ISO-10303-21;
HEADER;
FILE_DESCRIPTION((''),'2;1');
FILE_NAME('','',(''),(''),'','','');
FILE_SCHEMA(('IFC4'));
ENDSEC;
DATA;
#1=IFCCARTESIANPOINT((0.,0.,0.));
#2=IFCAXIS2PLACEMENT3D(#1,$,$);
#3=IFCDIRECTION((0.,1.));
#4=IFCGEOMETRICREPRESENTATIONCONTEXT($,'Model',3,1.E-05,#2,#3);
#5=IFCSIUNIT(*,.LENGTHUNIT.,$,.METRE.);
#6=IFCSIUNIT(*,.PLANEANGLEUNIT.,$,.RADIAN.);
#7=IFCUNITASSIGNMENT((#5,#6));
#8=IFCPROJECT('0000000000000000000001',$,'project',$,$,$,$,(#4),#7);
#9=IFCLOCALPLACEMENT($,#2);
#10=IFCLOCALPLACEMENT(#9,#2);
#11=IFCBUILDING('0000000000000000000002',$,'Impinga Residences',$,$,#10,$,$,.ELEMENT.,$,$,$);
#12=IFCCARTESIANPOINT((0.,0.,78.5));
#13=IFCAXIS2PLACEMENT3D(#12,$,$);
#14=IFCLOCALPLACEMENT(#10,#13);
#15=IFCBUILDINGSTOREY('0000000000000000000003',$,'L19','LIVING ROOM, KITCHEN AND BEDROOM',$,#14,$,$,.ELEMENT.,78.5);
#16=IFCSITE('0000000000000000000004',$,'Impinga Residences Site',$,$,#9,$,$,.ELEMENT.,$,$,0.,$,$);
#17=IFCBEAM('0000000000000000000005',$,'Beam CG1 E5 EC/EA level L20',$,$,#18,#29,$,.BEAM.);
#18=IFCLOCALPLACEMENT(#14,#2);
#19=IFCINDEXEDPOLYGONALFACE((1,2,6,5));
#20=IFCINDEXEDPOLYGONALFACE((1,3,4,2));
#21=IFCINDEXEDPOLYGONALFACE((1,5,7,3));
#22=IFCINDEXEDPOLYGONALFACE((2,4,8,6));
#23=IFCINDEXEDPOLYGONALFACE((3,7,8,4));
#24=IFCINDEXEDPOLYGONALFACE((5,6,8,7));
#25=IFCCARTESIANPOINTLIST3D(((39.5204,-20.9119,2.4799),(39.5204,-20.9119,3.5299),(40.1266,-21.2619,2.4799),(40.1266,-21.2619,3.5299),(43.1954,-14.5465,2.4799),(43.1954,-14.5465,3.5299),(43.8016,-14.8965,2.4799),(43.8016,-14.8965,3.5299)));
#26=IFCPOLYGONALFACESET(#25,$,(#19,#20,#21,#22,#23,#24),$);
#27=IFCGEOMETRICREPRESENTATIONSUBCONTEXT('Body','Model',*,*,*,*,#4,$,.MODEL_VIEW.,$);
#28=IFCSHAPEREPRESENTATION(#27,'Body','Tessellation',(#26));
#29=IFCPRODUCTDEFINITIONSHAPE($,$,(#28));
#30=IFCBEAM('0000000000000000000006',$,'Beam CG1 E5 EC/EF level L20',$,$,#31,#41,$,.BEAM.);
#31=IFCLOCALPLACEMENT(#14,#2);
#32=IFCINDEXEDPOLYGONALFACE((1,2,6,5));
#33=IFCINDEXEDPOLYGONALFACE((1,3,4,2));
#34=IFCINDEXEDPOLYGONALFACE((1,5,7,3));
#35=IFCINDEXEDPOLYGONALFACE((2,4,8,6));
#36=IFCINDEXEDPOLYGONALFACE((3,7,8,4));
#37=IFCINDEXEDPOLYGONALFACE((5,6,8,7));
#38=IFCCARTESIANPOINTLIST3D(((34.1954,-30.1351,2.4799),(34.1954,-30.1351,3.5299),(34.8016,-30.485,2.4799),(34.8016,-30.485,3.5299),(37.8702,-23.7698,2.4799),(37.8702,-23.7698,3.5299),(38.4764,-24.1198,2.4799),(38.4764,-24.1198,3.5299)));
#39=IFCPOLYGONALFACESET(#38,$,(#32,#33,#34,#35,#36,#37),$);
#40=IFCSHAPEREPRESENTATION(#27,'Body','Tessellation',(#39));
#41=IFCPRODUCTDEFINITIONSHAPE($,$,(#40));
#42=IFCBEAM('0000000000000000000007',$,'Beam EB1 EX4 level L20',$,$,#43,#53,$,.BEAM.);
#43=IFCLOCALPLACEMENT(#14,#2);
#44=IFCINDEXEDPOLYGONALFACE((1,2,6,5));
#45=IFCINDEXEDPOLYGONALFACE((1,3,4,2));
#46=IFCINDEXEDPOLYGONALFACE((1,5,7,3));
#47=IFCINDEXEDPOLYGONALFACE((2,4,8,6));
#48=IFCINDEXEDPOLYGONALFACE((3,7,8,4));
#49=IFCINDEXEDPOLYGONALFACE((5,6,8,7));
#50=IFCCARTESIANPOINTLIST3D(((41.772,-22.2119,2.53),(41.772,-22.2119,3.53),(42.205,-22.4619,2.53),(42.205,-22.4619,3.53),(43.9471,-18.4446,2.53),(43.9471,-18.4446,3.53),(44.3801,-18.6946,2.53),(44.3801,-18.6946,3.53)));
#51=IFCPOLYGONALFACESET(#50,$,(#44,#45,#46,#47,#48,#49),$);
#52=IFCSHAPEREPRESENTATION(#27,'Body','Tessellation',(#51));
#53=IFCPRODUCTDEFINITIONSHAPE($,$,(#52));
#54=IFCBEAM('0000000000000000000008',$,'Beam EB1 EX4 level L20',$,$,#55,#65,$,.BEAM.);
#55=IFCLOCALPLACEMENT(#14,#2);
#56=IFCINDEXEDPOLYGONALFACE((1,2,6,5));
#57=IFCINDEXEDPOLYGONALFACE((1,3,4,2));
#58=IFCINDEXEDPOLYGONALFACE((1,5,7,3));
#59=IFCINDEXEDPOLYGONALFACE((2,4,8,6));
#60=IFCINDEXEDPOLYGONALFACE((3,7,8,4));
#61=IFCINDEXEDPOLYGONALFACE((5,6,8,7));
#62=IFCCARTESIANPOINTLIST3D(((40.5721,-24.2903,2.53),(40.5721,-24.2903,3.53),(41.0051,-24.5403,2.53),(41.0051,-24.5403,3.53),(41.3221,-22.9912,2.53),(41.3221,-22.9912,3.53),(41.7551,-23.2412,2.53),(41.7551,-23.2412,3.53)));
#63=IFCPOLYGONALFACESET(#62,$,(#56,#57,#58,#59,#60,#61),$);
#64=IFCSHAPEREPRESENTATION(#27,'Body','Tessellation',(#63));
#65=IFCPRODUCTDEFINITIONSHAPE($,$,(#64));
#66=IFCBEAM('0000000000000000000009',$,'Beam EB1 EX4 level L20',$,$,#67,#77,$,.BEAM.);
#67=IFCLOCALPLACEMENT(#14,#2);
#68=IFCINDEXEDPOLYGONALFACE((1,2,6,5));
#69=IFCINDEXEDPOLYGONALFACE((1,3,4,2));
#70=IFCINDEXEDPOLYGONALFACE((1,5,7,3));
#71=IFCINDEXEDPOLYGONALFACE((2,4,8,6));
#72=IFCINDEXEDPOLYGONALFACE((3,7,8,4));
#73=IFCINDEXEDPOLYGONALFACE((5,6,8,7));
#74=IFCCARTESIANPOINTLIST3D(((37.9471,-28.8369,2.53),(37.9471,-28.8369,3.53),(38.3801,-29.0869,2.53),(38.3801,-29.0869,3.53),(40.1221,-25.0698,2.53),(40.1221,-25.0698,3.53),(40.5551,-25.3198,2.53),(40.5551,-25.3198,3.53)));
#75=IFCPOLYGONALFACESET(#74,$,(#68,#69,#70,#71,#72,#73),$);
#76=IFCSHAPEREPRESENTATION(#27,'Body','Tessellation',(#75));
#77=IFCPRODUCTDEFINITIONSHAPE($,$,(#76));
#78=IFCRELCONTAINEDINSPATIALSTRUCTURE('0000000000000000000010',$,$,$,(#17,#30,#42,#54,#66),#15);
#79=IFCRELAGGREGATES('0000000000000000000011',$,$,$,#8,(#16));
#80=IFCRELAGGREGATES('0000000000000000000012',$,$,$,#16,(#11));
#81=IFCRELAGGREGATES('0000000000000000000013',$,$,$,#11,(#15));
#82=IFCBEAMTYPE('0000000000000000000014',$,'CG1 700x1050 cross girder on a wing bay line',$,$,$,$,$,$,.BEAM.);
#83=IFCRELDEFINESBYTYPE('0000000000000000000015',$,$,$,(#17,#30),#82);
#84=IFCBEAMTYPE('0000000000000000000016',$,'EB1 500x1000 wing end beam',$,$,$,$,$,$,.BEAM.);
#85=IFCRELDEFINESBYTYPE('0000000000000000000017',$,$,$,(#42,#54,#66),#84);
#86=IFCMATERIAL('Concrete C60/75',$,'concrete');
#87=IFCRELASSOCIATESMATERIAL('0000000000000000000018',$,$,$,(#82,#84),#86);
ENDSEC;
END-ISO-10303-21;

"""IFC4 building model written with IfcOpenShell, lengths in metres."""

from ifc_helpers import new_model, si_unit, direction, frame, origin, origin_2d, place, context, subcontext, project, spatial, rectangle, extrude, material, material_profile, profile_set, type_object, element, save


model = new_model("IFC4")

# Units and contexts
model_context = context("Model", 3, precision=1e-05, world=origin(), true_north=direction((0.0, 1.0)))
body_context = subcontext(model_context, "Body", "Model", "MODEL_VIEW")
ifc_project = project(units=[si_unit("LENGTHUNIT", "METRE"), si_unit("PLANEANGLEUNIT", "RADIAN")], contexts=[model_context])

# Site, building, storey
site_placement = place(None, origin())
site = spatial("IfcSite", under=ifc_project, at=site_placement, Name="Impinga Residences Site", CompositionType="ELEMENT", RefElevation=0.0)
building_placement = place(site_placement, origin())
building = spatial("IfcBuilding", under=site, at=building_placement, Name="Impinga Residences", CompositionType="ELEMENT")
storey_placement = place(building_placement, frame((0.0, 0.0, 78.5)))
storey = spatial("IfcBuildingStorey", under=building, at=storey_placement, Name="L19", Description="LIVING ROOM, KITCHEN AND BEDROOM", CompositionType="ELEMENT", Elevation=78.5)

# Beams
ifc_material_1 = material(Name="Concrete C60/75", Category="concrete")
ifc_material_profile_1 = material_profile(ifc_material_1, rectangle(XDim=0.7, YDim=1.05, at=origin_2d()), Name="RC 700x1050")
ifc_profile_set_1 = profile_set([ifc_material_profile_1], Name="Concrete C60/75")
beam_type_1 = type_object("IfcBeamType", Name="CG1 700x1050 cross girder on a wing bay line", PredefinedType="BEAM", material=ifc_profile_set_1)
beam_1_placement = place(storey_placement, frame((39.8235, -21.0869, 3.0049), z_axis=(0.499994, 0.866029, 0.0), x_axis=(-0.866029, 0.499994, 0.0)))
element("IfcBeam", 1, at=beam_1_placement, inside=storey, type_object=beam_type_1, Name="Beam CG1 E5 EC/EA level L20", PredefinedType="BEAM", context=body_context, shape_type="SweptSolid", body=[
    extrude(rectangle(XDim=0.7, YDim=1.05, at=origin_2d()), origin(), (0.0, 0.0, 1.0), 7.3501),
])
beam_2_placement = place(storey_placement, frame((38.1733, -23.9448, 3.0049), z_axis=(-0.499983, -0.866035, 0.0), x_axis=(0.866035, -0.499983, 0.0)))
element("IfcBeam", 2, at=beam_2_placement, inside=storey, type_object=beam_type_1, Name="Beam CG1 E5 EC/EF level L20", PredefinedType="BEAM", context=body_context, shape_type="SweptSolid", body=[
    extrude(rectangle(XDim=0.7, YDim=1.05, at=origin_2d()), origin(), (0.0, 0.0, 1.0), 7.3499),
])
ifc_material_profile_2 = material_profile(ifc_material_1, rectangle(XDim=0.5, YDim=1.0, at=origin_2d()), Name="RC 500x1000")
ifc_profile_set_2 = profile_set([ifc_material_profile_2], Name="Concrete C60/75")
beam_type_2 = type_object("IfcBeamType", Name="EB1 500x1000 wing end beam", PredefinedType="BEAM", material=ifc_profile_set_2)
beam_3_placement = place(storey_placement, frame((44.1636, -18.5696, 3.03), z_axis=(-0.499996, -0.866028, 0.0), x_axis=(0.866028, -0.499996, 0.0)))
element("IfcBeam", 3, at=beam_3_placement, inside=storey, type_object=beam_type_2, Name="Beam EB1 EX4 level L20", PredefinedType="BEAM", context=body_context, shape_type="SweptSolid", body=[
    extrude(rectangle(XDim=0.5, YDim=1.0, at=origin_2d()), origin(), (0.0, 0.0, 1.0), 4.3501),
])
beam_4_placement = place(storey_placement, frame((41.5386, -23.1162, 3.03), z_axis=(-0.49999, -0.866031, 0.0), x_axis=(0.866031, -0.49999, 0.0)))
element("IfcBeam", 4, at=beam_4_placement, inside=storey, type_object=beam_type_2, Name="Beam EB1 EX4 level L20", PredefinedType="BEAM", context=body_context, shape_type="SweptSolid", body=[
    extrude(rectangle(XDim=0.5, YDim=1.0, at=origin_2d()), origin(), (0.0, 0.0, 1.0), 1.5),
])
beam_5_placement = place(storey_placement, frame((40.3386, -25.1948, 3.03), z_axis=(-0.50002, -0.866014, 0.0), x_axis=(0.866014, -0.50002, 0.0)))
element("IfcBeam", 5, at=beam_5_placement, inside=storey, type_object=beam_type_2, Name="Beam EB1 EX4 level L20", PredefinedType="BEAM", context=body_context, shape_type="SweptSolid", body=[
    extrude(rectangle(XDim=0.5, YDim=1.0, at=origin_2d()), origin(), (0.0, 0.0, 1.0), 4.3499),
])

save(model, "model.ifc")
